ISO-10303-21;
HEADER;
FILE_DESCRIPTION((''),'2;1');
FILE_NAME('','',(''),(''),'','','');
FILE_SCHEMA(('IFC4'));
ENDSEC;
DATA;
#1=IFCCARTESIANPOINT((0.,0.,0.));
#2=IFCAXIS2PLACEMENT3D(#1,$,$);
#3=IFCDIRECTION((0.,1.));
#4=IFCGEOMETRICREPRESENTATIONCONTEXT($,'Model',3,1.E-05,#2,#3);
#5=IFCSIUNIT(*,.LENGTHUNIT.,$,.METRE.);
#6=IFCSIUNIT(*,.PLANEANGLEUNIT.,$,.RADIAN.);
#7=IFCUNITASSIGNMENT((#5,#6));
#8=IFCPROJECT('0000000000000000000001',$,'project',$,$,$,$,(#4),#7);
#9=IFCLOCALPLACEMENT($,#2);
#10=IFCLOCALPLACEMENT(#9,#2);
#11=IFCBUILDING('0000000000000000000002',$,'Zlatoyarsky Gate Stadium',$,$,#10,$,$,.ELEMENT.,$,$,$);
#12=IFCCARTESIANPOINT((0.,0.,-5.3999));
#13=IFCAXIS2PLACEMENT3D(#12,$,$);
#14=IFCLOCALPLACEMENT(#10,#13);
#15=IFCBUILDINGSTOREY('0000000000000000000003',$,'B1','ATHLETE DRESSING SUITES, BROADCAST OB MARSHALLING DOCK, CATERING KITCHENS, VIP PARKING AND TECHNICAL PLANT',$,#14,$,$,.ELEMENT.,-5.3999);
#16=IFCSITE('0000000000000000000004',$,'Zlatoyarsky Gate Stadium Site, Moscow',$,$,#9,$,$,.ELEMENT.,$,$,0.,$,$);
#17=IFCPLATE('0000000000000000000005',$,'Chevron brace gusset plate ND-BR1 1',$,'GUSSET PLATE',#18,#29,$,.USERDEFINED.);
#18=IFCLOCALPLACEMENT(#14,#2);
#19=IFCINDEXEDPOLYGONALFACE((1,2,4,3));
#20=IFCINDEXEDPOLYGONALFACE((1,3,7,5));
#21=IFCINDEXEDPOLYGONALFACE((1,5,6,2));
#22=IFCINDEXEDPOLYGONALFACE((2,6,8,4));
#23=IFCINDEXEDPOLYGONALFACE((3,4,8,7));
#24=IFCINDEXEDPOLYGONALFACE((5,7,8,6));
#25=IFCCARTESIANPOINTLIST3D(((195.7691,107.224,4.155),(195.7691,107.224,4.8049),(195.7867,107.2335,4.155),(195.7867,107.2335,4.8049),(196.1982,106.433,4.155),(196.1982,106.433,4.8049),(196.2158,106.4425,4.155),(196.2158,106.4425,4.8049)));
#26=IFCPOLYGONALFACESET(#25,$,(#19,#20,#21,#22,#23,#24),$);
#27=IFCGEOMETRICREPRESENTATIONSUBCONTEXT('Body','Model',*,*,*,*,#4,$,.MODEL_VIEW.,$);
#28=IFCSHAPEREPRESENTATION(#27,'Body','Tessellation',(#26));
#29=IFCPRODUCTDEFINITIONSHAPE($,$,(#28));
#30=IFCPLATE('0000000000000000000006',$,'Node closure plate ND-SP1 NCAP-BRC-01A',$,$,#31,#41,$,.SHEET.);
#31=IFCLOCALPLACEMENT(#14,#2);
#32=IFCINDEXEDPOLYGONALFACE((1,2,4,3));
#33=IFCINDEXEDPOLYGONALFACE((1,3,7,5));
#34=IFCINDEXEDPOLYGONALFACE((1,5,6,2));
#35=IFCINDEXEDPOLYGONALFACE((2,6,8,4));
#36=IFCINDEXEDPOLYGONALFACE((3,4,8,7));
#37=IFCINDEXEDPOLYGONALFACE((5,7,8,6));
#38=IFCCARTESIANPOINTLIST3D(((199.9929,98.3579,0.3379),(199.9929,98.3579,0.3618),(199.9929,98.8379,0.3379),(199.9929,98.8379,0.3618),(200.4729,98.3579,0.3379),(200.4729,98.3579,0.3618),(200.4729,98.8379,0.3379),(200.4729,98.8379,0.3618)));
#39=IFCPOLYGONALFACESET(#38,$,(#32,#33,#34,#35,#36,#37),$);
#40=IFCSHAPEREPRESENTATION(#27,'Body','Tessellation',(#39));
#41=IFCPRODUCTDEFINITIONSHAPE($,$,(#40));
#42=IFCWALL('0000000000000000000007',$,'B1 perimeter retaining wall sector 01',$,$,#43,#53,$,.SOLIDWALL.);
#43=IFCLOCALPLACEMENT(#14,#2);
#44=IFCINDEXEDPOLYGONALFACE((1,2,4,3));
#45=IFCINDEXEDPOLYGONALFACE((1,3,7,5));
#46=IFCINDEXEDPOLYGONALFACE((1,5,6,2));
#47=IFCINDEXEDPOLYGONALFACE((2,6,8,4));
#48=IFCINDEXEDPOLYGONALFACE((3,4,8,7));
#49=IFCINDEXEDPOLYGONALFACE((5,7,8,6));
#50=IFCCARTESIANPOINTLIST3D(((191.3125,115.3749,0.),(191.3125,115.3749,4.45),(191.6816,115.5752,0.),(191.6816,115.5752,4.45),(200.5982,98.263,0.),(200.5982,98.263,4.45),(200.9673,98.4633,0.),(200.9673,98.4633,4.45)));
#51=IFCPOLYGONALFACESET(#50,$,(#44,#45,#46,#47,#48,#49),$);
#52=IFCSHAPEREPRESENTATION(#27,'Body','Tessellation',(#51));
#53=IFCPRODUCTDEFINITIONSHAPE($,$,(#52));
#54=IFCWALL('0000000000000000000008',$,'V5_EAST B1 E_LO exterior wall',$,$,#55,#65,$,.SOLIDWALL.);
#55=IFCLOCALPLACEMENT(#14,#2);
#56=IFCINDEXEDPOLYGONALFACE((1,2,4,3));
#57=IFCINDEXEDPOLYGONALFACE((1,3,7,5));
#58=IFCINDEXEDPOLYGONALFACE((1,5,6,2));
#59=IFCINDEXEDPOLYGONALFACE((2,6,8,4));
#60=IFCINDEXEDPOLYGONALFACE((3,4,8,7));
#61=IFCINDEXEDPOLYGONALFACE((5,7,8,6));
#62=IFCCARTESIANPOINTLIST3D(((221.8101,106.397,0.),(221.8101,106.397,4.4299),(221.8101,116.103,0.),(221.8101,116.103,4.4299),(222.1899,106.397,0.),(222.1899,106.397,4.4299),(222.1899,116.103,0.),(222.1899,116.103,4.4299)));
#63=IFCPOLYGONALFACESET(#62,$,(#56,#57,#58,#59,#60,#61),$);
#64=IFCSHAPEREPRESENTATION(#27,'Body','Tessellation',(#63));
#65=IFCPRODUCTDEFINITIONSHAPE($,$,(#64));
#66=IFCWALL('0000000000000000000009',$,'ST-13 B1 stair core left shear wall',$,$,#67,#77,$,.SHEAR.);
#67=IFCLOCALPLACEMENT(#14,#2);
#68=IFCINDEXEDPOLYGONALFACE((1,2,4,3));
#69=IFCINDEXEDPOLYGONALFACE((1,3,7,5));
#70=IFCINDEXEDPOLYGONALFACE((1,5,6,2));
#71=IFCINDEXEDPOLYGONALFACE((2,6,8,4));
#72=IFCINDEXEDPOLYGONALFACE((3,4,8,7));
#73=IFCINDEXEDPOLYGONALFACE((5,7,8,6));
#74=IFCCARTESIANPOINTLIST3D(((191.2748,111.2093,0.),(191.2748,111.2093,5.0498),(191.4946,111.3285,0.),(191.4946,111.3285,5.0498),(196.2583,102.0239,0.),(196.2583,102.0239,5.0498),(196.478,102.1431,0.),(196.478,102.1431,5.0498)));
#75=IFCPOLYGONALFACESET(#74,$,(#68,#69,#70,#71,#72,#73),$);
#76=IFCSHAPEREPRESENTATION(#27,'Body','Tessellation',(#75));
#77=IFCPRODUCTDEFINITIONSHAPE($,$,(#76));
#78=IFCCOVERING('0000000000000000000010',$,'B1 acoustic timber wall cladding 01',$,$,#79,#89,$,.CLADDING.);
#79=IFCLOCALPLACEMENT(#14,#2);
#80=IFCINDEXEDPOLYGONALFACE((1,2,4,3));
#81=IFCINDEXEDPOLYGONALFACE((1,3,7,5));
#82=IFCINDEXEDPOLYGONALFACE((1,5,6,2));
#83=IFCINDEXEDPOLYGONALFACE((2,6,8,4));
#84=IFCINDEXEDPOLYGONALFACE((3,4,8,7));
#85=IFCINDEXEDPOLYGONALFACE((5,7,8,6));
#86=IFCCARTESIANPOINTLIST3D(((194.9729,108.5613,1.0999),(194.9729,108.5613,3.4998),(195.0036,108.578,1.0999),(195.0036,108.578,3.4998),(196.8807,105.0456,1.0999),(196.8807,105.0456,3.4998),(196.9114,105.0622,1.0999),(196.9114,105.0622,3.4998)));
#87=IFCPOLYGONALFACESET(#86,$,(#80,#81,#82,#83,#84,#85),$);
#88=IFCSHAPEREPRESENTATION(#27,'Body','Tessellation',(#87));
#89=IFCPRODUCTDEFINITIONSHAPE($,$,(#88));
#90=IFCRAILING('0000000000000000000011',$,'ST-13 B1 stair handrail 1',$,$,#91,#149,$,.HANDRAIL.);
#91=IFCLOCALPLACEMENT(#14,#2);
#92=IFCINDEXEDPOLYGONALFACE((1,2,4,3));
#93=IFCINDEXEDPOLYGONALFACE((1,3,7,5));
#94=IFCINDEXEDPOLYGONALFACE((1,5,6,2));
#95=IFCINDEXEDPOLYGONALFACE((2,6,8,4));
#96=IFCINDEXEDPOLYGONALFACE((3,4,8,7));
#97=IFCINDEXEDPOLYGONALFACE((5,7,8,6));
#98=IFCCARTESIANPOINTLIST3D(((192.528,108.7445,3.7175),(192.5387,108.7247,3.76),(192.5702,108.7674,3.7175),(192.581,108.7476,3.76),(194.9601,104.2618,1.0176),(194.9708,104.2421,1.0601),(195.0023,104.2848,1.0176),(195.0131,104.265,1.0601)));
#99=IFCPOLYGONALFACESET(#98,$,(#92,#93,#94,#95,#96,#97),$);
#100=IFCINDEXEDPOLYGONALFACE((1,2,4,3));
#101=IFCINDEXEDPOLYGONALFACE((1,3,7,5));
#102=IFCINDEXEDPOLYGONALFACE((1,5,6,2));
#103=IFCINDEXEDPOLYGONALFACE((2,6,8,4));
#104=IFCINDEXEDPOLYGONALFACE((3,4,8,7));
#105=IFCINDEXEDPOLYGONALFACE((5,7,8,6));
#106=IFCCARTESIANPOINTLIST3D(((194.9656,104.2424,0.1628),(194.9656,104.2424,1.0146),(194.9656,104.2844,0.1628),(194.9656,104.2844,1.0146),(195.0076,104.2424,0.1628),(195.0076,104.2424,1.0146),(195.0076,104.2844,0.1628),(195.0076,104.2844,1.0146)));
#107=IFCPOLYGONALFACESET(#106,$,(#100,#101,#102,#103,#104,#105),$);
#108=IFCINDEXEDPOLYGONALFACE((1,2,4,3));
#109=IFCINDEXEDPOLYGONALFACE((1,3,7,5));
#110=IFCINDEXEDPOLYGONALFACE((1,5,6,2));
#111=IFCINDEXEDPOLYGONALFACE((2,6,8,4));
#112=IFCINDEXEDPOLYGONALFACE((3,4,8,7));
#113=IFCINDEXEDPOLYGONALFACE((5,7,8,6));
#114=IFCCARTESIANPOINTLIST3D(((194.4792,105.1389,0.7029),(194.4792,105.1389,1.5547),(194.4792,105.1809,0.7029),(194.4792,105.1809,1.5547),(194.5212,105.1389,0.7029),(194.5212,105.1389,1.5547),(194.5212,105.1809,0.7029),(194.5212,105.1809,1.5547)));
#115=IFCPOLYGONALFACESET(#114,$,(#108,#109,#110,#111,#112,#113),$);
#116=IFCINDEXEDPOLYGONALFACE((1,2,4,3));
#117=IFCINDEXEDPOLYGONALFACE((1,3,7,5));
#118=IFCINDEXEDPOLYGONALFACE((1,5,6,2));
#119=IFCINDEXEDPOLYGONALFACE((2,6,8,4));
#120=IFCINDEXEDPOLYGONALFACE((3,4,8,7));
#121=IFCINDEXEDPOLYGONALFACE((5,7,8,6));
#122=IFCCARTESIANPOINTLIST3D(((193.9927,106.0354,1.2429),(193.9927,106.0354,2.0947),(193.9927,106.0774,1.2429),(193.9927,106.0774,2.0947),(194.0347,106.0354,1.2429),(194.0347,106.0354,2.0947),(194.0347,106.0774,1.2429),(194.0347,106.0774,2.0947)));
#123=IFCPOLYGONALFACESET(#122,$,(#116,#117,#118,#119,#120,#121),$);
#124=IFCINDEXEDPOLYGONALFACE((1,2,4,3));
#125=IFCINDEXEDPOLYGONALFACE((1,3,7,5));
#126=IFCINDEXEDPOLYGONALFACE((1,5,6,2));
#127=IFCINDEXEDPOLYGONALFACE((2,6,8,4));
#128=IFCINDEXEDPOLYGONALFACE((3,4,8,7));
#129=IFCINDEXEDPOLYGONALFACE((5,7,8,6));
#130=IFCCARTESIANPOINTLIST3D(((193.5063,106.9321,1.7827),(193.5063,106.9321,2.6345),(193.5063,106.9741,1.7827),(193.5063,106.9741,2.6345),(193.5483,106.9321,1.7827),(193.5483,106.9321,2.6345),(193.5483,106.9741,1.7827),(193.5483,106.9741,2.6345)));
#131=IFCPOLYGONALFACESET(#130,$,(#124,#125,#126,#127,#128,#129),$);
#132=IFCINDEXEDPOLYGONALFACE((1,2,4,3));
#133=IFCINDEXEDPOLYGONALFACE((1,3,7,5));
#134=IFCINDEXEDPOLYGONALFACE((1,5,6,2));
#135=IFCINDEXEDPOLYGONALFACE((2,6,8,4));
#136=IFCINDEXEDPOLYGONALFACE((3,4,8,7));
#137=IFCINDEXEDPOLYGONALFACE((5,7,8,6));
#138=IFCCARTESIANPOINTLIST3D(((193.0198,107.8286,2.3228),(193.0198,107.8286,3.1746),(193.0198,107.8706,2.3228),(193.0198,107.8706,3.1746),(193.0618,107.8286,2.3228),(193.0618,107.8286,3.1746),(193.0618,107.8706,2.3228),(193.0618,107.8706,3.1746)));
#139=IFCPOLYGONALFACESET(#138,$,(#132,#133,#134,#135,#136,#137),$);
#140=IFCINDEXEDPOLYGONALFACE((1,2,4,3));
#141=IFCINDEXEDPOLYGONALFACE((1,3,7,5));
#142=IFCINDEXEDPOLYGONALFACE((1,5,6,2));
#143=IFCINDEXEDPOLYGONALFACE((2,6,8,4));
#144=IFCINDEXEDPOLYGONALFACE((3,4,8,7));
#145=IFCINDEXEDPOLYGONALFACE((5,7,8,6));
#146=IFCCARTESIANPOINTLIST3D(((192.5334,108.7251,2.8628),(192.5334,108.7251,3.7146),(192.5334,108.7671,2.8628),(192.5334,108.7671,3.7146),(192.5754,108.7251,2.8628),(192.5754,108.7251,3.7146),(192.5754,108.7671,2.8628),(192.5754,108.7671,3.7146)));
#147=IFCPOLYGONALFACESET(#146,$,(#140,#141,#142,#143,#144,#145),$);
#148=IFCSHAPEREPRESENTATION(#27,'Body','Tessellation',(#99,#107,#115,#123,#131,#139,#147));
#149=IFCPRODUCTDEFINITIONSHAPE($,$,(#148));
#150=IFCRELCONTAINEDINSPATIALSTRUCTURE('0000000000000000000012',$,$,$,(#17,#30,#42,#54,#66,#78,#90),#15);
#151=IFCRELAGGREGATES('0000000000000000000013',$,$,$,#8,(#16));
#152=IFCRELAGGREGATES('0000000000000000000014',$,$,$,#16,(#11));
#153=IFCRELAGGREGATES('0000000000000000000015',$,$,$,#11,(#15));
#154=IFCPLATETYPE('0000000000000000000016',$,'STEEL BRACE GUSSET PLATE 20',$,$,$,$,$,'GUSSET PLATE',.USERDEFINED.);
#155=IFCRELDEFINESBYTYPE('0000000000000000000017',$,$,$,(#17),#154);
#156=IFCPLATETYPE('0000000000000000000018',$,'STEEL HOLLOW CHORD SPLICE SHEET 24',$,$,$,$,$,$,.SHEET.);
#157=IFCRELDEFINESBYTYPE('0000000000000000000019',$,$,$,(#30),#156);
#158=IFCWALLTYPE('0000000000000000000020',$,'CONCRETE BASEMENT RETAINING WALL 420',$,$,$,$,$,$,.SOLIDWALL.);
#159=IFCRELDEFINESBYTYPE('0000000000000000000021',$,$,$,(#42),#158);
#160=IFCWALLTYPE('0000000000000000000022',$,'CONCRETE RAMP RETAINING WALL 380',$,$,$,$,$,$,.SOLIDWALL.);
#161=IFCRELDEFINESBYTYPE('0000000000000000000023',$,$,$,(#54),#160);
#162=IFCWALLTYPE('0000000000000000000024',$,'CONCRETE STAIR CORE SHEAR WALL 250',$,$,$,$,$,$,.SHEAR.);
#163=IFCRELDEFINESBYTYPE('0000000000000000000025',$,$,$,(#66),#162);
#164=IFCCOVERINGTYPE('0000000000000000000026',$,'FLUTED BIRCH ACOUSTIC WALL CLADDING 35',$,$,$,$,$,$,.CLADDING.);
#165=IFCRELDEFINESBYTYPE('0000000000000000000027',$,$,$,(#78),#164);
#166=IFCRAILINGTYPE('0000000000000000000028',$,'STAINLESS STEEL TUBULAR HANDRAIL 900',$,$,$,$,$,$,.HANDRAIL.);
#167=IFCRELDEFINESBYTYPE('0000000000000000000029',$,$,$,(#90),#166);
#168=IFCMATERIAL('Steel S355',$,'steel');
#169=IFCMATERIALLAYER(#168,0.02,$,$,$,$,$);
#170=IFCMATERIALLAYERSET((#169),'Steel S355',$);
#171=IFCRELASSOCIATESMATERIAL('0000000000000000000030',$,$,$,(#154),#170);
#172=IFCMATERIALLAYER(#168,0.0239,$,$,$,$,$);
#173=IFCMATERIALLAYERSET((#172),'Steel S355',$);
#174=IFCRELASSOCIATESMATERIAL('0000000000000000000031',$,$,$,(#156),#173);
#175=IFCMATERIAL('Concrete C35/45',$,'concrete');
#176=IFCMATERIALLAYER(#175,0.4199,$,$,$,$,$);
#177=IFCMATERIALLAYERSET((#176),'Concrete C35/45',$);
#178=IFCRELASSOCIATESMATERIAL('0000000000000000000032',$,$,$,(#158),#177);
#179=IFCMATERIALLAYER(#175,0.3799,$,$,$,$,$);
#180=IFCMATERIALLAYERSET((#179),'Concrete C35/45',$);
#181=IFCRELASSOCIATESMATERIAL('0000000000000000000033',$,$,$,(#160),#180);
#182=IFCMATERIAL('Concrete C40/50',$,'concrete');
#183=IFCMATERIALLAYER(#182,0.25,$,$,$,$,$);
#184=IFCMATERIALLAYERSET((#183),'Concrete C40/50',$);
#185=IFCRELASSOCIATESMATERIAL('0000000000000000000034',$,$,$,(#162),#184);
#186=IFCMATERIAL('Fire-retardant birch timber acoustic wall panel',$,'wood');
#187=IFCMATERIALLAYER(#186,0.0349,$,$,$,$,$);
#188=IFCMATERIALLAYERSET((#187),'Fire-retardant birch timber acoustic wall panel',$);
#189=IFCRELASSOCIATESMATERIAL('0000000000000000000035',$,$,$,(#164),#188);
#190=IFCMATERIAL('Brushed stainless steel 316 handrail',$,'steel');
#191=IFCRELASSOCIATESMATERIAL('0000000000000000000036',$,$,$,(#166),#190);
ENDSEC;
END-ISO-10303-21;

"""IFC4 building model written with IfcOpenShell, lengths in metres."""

from ifc_helpers import new_model, si_unit, direction, frame, frame_2d, origin, origin_2d, place, context, subcontext, project, spatial, rectangle, extrude, material, layer, layer_set, type_object, element, save


model = new_model("IFC4")

# Units and contexts
model_context = context("Model", 3, precision=1e-05, world=origin(), true_north=direction((0.0, 1.0)))
body_context = subcontext(model_context, "Body", "Model", "MODEL_VIEW")
ifc_project = project(units=[si_unit("LENGTHUNIT", "METRE"), si_unit("PLANEANGLEUNIT", "RADIAN")], contexts=[model_context])

# Site, building, storey
site_placement = place(None, origin())
site = spatial("IfcSite", under=ifc_project, at=site_placement, Name="Zlatoyarsky Gate Stadium Site, Moscow", CompositionType="ELEMENT", RefElevation=0.0)
building_placement = place(site_placement, origin())
building = spatial("IfcBuilding", under=site, at=building_placement, Name="Zlatoyarsky Gate Stadium", CompositionType="ELEMENT")
storey_placement = place(building_placement, frame((0.0, 0.0, -5.3999)))
storey = spatial("IfcBuildingStorey", under=building, at=storey_placement, Name="B1", Description="ATHLETE DRESSING SUITES, BROADCAST OB MARSHALLING DOCK, CATERING KITCHENS, VIP PARKING AND TECHNICAL PLANT", CompositionType="ELEMENT", Elevation=-5.3999)

# Shared definitions
ifc_material_1 = material(Name="Concrete C35/45", Category="concrete")

# Shared definitions
ifc_material_2 = material(Name="Concrete C40/50", Category="concrete")

# Shared definitions
ifc_material_3 = material(Name="Steel S355", Category="steel")

# Plates
ifc_layer_1 = layer(ifc_material_3, 0.02)
ifc_layer_set_1 = layer_set([ifc_layer_1], Name="Steel S355")
plate_type_1 = type_object("IfcPlateType", Name="STEEL BRACE GUSSET PLATE 20", ElementType="GUSSET PLATE", PredefinedType="USERDEFINED", material=ifc_layer_set_1)
plate_1_placement = place(storey_placement, frame((195.9924, 106.8333, 4.155), z_axis=(0.0, 0.0, 1.0), x_axis=(-0.476891, 0.878963, 0.0)))
element("IfcPlate", 1, at=plate_1_placement, inside=storey, type_object=plate_type_1, Name="Chevron brace gusset plate ND-BR1 1", ObjectType="GUSSET PLATE", PredefinedType="USERDEFINED", context=body_context, shape_type="SweptSolid", body=[
    extrude(rectangle(XDim=0.8999, YDim=0.02, at=origin_2d()), origin(), (0.0, 0.0, 1.0), 0.6499),
])
ifc_layer_2 = layer(ifc_material_3, 0.0239)
ifc_layer_set_2 = layer_set([ifc_layer_2], Name="Steel S355")
plate_type_2 = type_object("IfcPlateType", Name="STEEL HOLLOW CHORD SPLICE SHEET 24", PredefinedType="SHEET", material=ifc_layer_set_2)
plate_2_placement = place(storey_placement, frame((200.2329, 98.5979, 0.3379), z_axis=(0.0, 0.0, 1.0), x_axis=(1.0, 0.0, 0.0)))
element("IfcPlate", 2, at=plate_2_placement, inside=storey, type_object=plate_type_2, Name="Node closure plate ND-SP1 NCAP-BRC-01A", PredefinedType="SHEET", context=body_context, shape_type="SweptSolid", body=[
    extrude(rectangle(XDim=0.48, YDim=0.48, at=origin_2d()), origin(), (0.0, 0.0, 1.0), 0.0239),
])

# Walls
ifc_layer_3 = layer(ifc_material_1, 0.4199)
ifc_layer_set_3 = layer_set([ifc_layer_3], Name="Concrete C35/45")
wall_type_1 = type_object("IfcWallType", Name="CONCRETE BASEMENT RETAINING WALL 420", PredefinedType="SOLIDWALL", material=ifc_layer_set_3)
wall_1_placement = place(storey_placement, frame((200.7827, 98.3633, 0.0), z_axis=(0.0, 0.0, 1.0), x_axis=(-0.476948, 0.878932, 0.0)))
element("IfcWall", 3, at=wall_1_placement, inside=storey, type_object=wall_type_1, Name="B1 perimeter retaining wall sector 01", PredefinedType="SOLIDWALL", context=body_context, shape_type="SweptSolid", body=[
    extrude(rectangle(XDim=19.469, YDim=0.4199, at=frame_2d((9.7344, 0.0))), origin(), (0.0, 0.0, 1.0), 4.45),
])
ifc_layer_4 = layer(ifc_material_1, 0.3799)
ifc_layer_set_4 = layer_set([ifc_layer_4], Name="Concrete C35/45")
wall_type_2 = type_object("IfcWallType", Name="CONCRETE RAMP RETAINING WALL 380", PredefinedType="SOLIDWALL", material=ifc_layer_set_4)
wall_2_placement = place(storey_placement, frame((222.0, 106.397, 0.0), z_axis=(0.0, 0.0, 1.0), x_axis=(0.0, 1.0, 0.0)))
element("IfcWall", 4, at=wall_2_placement, inside=storey, type_object=wall_type_2, Name="V5_EAST B1 E_LO exterior wall", PredefinedType="SOLIDWALL", context=body_context, shape_type="SweptSolid", body=[
    extrude(rectangle(XDim=9.7061, YDim=0.3799, at=frame_2d((4.853, 0.0))), origin(), (0.0, 0.0, 1.0), 4.4299),
])
ifc_layer_5 = layer(ifc_material_2, 0.25)
ifc_layer_set_5 = layer_set([ifc_layer_5], Name="Concrete C40/50")
wall_type_3 = type_object("IfcWallType", Name="CONCRETE STAIR CORE SHEAR WALL 250", PredefinedType="SHEAR", material=ifc_layer_set_5)
wall_3_placement = place(storey_placement, frame((196.3682, 102.0835, 0.0), z_axis=(0.0, 0.0, 1.0), x_axis=(-0.476877, 0.87897, 0.0)))
element("IfcWall", 5, at=wall_3_placement, inside=storey, type_object=wall_type_3, Name="ST-13 B1 stair core left shear wall", PredefinedType="SHEAR", context=body_context, shape_type="SweptSolid", body=[
    extrude(rectangle(XDim=10.4502, YDim=0.25, at=frame_2d((5.2251, 0.0))), origin(), (0.0, 0.0, 1.0), 5.0498),
])

# Covering
ifc_material_4 = material(Name="Fire-retardant birch timber acoustic wall panel", Category="wood")
ifc_layer_6 = layer(ifc_material_4, 0.0349)
ifc_layer_set_6 = layer_set([ifc_layer_6], Name="Fire-retardant birch timber acoustic wall panel")
covering_type = type_object("IfcCoveringType", Name="FLUTED BIRCH ACOUSTIC WALL CLADDING 35", PredefinedType="CLADDING", material=ifc_layer_set_6)
covering_placement = place(storey_placement, frame((195.9421, 106.8118, 1.0999), z_axis=(0.0, 0.0, 1.0), x_axis=(-0.476953, 0.878929, 0.0)))
element("IfcCovering", 6, at=covering_placement, inside=storey, type_object=covering_type, Name="B1 acoustic timber wall cladding 01", PredefinedType="CLADDING", context=body_context, shape_type="SweptSolid", body=[
    extrude(rectangle(XDim=4.0, YDim=0.0349, at=origin_2d()), origin(), (0.0, 0.0, 1.0), 2.3999),
])

# Railing
ifc_material_5 = material(Name="Brushed stainless steel 316 handrail", Category="steel")
railing_type = type_object("IfcRailingType", Name="STAINLESS STEEL TUBULAR HANDRAIL 900", PredefinedType="HANDRAIL", material=ifc_material_5)
railing_placement = place(storey_placement, frame((194.9866, 104.2634, 0.1628)))
element("IfcRailing", 7, at=railing_placement, inside=storey, type_object=railing_type, Name="ST-13 B1 stair handrail 1", PredefinedType="HANDRAIL", context=body_context, shape_type="SweptSolid", body=[
    extrude(rectangle(XDim=0.0481, YDim=0.0481, at=origin_2d()), frame((0.0, 0.0, 0.876), z_axis=(-0.421472, 0.776817, 0.467884), x_axis=(-0.878962, -0.476892, 0.0)), (0.0, 0.0, 1.0), 5.7705),
    extrude(rectangle(XDim=0.042, YDim=0.042, at=origin_2d()), origin(), (0.0, 0.0, 1.0), 0.8518),
    extrude(rectangle(XDim=0.042, YDim=0.042, at=origin_2d()), frame((-0.4863, 0.8965, 0.54)), (0.0, 0.0, 1.0), 0.8518),
    extrude(rectangle(XDim=0.042, YDim=0.042, at=origin_2d()), frame((-0.9729, 1.793, 1.0801)), (0.0, 0.0, 1.0), 0.8518),
    extrude(rectangle(XDim=0.042, YDim=0.042, at=origin_2d()), frame((-1.4592, 2.6897, 1.6199)), (0.0, 0.0, 1.0), 0.8518),
    extrude(rectangle(XDim=0.042, YDim=0.042, at=origin_2d()), frame((-1.9458, 3.5862, 2.1599)), (0.0, 0.0, 1.0), 0.8518),
    extrude(rectangle(XDim=0.042, YDim=0.042, at=origin_2d()), frame((-2.4321, 4.4827, 2.7)), (0.0, 0.0, 1.0), 0.8518),
])

save(model, "model.ifc")
